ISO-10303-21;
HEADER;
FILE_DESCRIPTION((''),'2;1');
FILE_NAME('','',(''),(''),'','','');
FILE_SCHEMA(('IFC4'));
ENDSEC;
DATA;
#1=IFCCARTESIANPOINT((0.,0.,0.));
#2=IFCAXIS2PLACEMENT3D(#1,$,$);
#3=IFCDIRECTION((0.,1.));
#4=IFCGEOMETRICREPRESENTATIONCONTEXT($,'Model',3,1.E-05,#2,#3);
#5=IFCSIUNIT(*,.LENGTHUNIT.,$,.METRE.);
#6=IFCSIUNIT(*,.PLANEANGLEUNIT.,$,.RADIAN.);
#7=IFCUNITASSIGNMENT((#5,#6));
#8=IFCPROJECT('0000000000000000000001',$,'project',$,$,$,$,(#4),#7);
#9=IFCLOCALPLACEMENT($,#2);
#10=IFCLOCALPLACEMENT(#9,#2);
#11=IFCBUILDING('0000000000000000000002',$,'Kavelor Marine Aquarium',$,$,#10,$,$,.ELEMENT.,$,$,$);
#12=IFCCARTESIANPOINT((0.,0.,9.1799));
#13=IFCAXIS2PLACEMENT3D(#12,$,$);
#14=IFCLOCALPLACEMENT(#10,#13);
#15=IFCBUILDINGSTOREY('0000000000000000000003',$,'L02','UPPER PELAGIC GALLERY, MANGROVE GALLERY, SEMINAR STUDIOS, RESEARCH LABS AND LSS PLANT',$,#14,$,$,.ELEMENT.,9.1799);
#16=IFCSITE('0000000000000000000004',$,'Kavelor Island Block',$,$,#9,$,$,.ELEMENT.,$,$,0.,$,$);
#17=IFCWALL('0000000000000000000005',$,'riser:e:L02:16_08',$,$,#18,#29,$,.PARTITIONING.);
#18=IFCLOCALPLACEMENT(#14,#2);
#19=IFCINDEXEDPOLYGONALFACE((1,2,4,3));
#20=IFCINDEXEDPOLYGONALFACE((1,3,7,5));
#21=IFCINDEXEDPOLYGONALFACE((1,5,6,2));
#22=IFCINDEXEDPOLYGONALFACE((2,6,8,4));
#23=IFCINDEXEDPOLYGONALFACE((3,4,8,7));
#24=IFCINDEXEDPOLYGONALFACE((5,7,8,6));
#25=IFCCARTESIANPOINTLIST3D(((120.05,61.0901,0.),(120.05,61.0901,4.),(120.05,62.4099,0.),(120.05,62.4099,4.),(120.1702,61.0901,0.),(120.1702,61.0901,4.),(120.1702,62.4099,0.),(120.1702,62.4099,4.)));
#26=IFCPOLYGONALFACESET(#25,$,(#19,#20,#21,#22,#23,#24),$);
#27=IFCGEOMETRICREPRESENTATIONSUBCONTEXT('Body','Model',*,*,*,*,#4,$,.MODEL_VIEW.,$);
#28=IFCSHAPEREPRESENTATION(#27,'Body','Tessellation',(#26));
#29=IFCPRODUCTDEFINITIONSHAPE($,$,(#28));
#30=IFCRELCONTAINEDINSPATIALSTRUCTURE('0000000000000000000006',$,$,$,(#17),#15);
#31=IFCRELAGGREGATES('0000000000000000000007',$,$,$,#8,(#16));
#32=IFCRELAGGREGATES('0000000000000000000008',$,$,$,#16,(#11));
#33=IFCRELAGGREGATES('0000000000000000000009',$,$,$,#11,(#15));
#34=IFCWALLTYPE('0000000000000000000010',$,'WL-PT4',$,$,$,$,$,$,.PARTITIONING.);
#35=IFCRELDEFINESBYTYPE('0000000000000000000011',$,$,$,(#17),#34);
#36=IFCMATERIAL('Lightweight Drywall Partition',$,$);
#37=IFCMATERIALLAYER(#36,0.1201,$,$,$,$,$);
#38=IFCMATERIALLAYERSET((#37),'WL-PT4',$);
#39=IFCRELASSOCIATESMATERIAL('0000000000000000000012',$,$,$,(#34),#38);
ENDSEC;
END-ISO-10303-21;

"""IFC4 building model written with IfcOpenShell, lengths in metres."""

from ifc_helpers import new_model, si_unit, direction, frame, frame_2d, origin, place, context, subcontext, project, spatial, rectangle, extrude, material, layer, layer_set, type_object, element, save


model = new_model("IFC4")

# Units and contexts
model_context = context("Model", 3, precision=1e-05, world=origin(), true_north=direction((0.0, 1.0)))
body_context = subcontext(model_context, "Body", "Model", "MODEL_VIEW")
ifc_project = project(units=[si_unit("LENGTHUNIT", "METRE"), si_unit("PLANEANGLEUNIT", "RADIAN")], contexts=[model_context])

# Site, building, storey
site_placement = place(None, origin())
site = spatial("IfcSite", under=ifc_project, at=site_placement, Name="Kavelor Island Block", CompositionType="ELEMENT", RefElevation=0.0)
building_placement = place(site_placement, origin())
building = spatial("IfcBuilding", under=site, at=building_placement, Name="Kavelor Marine Aquarium", CompositionType="ELEMENT")
storey_placement = place(building_placement, frame((0.0, 0.0, 9.1799)))
storey = spatial("IfcBuildingStorey", under=building, at=storey_placement, Name="L02", Description="UPPER PELAGIC GALLERY, MANGROVE GALLERY, SEMINAR STUDIOS, RESEARCH LABS AND LSS PLANT", CompositionType="ELEMENT", Elevation=9.1799)

# Wall
ifc_material_1 = material(Name="Lightweight Drywall Partition")
ifc_layer_1 = layer(ifc_material_1, 0.1201)
ifc_layer_set_1 = layer_set([ifc_layer_1], Name="WL-PT4")
wall_type_1 = type_object("IfcWallType", Name="WL-PT4", PredefinedType="PARTITIONING", material=ifc_layer_set_1)
for number, where, z_axis, x_axis, name in (
    (1, (120.1101, 61.0901, 0.0), (0.0, 0.0, 1.0), (0.0, 1.0, 0.0), "riser:e:L02:16_08"),
):
    element("IfcWall", number, at=place(storey_placement, frame(where, z_axis=z_axis, x_axis=x_axis)), inside=storey, type_object=wall_type_1, Name=name, PredefinedType="PARTITIONING", context=body_context, shape_type="SweptSolid", body=[
        extrude(rectangle(XDim=1.3198, YDim=0.1201, at=frame_2d((0.6599, 0.0))), origin(), (0.0, 0.0, 1.0), 4.0),
    ])

save(model, "model.ifc")
